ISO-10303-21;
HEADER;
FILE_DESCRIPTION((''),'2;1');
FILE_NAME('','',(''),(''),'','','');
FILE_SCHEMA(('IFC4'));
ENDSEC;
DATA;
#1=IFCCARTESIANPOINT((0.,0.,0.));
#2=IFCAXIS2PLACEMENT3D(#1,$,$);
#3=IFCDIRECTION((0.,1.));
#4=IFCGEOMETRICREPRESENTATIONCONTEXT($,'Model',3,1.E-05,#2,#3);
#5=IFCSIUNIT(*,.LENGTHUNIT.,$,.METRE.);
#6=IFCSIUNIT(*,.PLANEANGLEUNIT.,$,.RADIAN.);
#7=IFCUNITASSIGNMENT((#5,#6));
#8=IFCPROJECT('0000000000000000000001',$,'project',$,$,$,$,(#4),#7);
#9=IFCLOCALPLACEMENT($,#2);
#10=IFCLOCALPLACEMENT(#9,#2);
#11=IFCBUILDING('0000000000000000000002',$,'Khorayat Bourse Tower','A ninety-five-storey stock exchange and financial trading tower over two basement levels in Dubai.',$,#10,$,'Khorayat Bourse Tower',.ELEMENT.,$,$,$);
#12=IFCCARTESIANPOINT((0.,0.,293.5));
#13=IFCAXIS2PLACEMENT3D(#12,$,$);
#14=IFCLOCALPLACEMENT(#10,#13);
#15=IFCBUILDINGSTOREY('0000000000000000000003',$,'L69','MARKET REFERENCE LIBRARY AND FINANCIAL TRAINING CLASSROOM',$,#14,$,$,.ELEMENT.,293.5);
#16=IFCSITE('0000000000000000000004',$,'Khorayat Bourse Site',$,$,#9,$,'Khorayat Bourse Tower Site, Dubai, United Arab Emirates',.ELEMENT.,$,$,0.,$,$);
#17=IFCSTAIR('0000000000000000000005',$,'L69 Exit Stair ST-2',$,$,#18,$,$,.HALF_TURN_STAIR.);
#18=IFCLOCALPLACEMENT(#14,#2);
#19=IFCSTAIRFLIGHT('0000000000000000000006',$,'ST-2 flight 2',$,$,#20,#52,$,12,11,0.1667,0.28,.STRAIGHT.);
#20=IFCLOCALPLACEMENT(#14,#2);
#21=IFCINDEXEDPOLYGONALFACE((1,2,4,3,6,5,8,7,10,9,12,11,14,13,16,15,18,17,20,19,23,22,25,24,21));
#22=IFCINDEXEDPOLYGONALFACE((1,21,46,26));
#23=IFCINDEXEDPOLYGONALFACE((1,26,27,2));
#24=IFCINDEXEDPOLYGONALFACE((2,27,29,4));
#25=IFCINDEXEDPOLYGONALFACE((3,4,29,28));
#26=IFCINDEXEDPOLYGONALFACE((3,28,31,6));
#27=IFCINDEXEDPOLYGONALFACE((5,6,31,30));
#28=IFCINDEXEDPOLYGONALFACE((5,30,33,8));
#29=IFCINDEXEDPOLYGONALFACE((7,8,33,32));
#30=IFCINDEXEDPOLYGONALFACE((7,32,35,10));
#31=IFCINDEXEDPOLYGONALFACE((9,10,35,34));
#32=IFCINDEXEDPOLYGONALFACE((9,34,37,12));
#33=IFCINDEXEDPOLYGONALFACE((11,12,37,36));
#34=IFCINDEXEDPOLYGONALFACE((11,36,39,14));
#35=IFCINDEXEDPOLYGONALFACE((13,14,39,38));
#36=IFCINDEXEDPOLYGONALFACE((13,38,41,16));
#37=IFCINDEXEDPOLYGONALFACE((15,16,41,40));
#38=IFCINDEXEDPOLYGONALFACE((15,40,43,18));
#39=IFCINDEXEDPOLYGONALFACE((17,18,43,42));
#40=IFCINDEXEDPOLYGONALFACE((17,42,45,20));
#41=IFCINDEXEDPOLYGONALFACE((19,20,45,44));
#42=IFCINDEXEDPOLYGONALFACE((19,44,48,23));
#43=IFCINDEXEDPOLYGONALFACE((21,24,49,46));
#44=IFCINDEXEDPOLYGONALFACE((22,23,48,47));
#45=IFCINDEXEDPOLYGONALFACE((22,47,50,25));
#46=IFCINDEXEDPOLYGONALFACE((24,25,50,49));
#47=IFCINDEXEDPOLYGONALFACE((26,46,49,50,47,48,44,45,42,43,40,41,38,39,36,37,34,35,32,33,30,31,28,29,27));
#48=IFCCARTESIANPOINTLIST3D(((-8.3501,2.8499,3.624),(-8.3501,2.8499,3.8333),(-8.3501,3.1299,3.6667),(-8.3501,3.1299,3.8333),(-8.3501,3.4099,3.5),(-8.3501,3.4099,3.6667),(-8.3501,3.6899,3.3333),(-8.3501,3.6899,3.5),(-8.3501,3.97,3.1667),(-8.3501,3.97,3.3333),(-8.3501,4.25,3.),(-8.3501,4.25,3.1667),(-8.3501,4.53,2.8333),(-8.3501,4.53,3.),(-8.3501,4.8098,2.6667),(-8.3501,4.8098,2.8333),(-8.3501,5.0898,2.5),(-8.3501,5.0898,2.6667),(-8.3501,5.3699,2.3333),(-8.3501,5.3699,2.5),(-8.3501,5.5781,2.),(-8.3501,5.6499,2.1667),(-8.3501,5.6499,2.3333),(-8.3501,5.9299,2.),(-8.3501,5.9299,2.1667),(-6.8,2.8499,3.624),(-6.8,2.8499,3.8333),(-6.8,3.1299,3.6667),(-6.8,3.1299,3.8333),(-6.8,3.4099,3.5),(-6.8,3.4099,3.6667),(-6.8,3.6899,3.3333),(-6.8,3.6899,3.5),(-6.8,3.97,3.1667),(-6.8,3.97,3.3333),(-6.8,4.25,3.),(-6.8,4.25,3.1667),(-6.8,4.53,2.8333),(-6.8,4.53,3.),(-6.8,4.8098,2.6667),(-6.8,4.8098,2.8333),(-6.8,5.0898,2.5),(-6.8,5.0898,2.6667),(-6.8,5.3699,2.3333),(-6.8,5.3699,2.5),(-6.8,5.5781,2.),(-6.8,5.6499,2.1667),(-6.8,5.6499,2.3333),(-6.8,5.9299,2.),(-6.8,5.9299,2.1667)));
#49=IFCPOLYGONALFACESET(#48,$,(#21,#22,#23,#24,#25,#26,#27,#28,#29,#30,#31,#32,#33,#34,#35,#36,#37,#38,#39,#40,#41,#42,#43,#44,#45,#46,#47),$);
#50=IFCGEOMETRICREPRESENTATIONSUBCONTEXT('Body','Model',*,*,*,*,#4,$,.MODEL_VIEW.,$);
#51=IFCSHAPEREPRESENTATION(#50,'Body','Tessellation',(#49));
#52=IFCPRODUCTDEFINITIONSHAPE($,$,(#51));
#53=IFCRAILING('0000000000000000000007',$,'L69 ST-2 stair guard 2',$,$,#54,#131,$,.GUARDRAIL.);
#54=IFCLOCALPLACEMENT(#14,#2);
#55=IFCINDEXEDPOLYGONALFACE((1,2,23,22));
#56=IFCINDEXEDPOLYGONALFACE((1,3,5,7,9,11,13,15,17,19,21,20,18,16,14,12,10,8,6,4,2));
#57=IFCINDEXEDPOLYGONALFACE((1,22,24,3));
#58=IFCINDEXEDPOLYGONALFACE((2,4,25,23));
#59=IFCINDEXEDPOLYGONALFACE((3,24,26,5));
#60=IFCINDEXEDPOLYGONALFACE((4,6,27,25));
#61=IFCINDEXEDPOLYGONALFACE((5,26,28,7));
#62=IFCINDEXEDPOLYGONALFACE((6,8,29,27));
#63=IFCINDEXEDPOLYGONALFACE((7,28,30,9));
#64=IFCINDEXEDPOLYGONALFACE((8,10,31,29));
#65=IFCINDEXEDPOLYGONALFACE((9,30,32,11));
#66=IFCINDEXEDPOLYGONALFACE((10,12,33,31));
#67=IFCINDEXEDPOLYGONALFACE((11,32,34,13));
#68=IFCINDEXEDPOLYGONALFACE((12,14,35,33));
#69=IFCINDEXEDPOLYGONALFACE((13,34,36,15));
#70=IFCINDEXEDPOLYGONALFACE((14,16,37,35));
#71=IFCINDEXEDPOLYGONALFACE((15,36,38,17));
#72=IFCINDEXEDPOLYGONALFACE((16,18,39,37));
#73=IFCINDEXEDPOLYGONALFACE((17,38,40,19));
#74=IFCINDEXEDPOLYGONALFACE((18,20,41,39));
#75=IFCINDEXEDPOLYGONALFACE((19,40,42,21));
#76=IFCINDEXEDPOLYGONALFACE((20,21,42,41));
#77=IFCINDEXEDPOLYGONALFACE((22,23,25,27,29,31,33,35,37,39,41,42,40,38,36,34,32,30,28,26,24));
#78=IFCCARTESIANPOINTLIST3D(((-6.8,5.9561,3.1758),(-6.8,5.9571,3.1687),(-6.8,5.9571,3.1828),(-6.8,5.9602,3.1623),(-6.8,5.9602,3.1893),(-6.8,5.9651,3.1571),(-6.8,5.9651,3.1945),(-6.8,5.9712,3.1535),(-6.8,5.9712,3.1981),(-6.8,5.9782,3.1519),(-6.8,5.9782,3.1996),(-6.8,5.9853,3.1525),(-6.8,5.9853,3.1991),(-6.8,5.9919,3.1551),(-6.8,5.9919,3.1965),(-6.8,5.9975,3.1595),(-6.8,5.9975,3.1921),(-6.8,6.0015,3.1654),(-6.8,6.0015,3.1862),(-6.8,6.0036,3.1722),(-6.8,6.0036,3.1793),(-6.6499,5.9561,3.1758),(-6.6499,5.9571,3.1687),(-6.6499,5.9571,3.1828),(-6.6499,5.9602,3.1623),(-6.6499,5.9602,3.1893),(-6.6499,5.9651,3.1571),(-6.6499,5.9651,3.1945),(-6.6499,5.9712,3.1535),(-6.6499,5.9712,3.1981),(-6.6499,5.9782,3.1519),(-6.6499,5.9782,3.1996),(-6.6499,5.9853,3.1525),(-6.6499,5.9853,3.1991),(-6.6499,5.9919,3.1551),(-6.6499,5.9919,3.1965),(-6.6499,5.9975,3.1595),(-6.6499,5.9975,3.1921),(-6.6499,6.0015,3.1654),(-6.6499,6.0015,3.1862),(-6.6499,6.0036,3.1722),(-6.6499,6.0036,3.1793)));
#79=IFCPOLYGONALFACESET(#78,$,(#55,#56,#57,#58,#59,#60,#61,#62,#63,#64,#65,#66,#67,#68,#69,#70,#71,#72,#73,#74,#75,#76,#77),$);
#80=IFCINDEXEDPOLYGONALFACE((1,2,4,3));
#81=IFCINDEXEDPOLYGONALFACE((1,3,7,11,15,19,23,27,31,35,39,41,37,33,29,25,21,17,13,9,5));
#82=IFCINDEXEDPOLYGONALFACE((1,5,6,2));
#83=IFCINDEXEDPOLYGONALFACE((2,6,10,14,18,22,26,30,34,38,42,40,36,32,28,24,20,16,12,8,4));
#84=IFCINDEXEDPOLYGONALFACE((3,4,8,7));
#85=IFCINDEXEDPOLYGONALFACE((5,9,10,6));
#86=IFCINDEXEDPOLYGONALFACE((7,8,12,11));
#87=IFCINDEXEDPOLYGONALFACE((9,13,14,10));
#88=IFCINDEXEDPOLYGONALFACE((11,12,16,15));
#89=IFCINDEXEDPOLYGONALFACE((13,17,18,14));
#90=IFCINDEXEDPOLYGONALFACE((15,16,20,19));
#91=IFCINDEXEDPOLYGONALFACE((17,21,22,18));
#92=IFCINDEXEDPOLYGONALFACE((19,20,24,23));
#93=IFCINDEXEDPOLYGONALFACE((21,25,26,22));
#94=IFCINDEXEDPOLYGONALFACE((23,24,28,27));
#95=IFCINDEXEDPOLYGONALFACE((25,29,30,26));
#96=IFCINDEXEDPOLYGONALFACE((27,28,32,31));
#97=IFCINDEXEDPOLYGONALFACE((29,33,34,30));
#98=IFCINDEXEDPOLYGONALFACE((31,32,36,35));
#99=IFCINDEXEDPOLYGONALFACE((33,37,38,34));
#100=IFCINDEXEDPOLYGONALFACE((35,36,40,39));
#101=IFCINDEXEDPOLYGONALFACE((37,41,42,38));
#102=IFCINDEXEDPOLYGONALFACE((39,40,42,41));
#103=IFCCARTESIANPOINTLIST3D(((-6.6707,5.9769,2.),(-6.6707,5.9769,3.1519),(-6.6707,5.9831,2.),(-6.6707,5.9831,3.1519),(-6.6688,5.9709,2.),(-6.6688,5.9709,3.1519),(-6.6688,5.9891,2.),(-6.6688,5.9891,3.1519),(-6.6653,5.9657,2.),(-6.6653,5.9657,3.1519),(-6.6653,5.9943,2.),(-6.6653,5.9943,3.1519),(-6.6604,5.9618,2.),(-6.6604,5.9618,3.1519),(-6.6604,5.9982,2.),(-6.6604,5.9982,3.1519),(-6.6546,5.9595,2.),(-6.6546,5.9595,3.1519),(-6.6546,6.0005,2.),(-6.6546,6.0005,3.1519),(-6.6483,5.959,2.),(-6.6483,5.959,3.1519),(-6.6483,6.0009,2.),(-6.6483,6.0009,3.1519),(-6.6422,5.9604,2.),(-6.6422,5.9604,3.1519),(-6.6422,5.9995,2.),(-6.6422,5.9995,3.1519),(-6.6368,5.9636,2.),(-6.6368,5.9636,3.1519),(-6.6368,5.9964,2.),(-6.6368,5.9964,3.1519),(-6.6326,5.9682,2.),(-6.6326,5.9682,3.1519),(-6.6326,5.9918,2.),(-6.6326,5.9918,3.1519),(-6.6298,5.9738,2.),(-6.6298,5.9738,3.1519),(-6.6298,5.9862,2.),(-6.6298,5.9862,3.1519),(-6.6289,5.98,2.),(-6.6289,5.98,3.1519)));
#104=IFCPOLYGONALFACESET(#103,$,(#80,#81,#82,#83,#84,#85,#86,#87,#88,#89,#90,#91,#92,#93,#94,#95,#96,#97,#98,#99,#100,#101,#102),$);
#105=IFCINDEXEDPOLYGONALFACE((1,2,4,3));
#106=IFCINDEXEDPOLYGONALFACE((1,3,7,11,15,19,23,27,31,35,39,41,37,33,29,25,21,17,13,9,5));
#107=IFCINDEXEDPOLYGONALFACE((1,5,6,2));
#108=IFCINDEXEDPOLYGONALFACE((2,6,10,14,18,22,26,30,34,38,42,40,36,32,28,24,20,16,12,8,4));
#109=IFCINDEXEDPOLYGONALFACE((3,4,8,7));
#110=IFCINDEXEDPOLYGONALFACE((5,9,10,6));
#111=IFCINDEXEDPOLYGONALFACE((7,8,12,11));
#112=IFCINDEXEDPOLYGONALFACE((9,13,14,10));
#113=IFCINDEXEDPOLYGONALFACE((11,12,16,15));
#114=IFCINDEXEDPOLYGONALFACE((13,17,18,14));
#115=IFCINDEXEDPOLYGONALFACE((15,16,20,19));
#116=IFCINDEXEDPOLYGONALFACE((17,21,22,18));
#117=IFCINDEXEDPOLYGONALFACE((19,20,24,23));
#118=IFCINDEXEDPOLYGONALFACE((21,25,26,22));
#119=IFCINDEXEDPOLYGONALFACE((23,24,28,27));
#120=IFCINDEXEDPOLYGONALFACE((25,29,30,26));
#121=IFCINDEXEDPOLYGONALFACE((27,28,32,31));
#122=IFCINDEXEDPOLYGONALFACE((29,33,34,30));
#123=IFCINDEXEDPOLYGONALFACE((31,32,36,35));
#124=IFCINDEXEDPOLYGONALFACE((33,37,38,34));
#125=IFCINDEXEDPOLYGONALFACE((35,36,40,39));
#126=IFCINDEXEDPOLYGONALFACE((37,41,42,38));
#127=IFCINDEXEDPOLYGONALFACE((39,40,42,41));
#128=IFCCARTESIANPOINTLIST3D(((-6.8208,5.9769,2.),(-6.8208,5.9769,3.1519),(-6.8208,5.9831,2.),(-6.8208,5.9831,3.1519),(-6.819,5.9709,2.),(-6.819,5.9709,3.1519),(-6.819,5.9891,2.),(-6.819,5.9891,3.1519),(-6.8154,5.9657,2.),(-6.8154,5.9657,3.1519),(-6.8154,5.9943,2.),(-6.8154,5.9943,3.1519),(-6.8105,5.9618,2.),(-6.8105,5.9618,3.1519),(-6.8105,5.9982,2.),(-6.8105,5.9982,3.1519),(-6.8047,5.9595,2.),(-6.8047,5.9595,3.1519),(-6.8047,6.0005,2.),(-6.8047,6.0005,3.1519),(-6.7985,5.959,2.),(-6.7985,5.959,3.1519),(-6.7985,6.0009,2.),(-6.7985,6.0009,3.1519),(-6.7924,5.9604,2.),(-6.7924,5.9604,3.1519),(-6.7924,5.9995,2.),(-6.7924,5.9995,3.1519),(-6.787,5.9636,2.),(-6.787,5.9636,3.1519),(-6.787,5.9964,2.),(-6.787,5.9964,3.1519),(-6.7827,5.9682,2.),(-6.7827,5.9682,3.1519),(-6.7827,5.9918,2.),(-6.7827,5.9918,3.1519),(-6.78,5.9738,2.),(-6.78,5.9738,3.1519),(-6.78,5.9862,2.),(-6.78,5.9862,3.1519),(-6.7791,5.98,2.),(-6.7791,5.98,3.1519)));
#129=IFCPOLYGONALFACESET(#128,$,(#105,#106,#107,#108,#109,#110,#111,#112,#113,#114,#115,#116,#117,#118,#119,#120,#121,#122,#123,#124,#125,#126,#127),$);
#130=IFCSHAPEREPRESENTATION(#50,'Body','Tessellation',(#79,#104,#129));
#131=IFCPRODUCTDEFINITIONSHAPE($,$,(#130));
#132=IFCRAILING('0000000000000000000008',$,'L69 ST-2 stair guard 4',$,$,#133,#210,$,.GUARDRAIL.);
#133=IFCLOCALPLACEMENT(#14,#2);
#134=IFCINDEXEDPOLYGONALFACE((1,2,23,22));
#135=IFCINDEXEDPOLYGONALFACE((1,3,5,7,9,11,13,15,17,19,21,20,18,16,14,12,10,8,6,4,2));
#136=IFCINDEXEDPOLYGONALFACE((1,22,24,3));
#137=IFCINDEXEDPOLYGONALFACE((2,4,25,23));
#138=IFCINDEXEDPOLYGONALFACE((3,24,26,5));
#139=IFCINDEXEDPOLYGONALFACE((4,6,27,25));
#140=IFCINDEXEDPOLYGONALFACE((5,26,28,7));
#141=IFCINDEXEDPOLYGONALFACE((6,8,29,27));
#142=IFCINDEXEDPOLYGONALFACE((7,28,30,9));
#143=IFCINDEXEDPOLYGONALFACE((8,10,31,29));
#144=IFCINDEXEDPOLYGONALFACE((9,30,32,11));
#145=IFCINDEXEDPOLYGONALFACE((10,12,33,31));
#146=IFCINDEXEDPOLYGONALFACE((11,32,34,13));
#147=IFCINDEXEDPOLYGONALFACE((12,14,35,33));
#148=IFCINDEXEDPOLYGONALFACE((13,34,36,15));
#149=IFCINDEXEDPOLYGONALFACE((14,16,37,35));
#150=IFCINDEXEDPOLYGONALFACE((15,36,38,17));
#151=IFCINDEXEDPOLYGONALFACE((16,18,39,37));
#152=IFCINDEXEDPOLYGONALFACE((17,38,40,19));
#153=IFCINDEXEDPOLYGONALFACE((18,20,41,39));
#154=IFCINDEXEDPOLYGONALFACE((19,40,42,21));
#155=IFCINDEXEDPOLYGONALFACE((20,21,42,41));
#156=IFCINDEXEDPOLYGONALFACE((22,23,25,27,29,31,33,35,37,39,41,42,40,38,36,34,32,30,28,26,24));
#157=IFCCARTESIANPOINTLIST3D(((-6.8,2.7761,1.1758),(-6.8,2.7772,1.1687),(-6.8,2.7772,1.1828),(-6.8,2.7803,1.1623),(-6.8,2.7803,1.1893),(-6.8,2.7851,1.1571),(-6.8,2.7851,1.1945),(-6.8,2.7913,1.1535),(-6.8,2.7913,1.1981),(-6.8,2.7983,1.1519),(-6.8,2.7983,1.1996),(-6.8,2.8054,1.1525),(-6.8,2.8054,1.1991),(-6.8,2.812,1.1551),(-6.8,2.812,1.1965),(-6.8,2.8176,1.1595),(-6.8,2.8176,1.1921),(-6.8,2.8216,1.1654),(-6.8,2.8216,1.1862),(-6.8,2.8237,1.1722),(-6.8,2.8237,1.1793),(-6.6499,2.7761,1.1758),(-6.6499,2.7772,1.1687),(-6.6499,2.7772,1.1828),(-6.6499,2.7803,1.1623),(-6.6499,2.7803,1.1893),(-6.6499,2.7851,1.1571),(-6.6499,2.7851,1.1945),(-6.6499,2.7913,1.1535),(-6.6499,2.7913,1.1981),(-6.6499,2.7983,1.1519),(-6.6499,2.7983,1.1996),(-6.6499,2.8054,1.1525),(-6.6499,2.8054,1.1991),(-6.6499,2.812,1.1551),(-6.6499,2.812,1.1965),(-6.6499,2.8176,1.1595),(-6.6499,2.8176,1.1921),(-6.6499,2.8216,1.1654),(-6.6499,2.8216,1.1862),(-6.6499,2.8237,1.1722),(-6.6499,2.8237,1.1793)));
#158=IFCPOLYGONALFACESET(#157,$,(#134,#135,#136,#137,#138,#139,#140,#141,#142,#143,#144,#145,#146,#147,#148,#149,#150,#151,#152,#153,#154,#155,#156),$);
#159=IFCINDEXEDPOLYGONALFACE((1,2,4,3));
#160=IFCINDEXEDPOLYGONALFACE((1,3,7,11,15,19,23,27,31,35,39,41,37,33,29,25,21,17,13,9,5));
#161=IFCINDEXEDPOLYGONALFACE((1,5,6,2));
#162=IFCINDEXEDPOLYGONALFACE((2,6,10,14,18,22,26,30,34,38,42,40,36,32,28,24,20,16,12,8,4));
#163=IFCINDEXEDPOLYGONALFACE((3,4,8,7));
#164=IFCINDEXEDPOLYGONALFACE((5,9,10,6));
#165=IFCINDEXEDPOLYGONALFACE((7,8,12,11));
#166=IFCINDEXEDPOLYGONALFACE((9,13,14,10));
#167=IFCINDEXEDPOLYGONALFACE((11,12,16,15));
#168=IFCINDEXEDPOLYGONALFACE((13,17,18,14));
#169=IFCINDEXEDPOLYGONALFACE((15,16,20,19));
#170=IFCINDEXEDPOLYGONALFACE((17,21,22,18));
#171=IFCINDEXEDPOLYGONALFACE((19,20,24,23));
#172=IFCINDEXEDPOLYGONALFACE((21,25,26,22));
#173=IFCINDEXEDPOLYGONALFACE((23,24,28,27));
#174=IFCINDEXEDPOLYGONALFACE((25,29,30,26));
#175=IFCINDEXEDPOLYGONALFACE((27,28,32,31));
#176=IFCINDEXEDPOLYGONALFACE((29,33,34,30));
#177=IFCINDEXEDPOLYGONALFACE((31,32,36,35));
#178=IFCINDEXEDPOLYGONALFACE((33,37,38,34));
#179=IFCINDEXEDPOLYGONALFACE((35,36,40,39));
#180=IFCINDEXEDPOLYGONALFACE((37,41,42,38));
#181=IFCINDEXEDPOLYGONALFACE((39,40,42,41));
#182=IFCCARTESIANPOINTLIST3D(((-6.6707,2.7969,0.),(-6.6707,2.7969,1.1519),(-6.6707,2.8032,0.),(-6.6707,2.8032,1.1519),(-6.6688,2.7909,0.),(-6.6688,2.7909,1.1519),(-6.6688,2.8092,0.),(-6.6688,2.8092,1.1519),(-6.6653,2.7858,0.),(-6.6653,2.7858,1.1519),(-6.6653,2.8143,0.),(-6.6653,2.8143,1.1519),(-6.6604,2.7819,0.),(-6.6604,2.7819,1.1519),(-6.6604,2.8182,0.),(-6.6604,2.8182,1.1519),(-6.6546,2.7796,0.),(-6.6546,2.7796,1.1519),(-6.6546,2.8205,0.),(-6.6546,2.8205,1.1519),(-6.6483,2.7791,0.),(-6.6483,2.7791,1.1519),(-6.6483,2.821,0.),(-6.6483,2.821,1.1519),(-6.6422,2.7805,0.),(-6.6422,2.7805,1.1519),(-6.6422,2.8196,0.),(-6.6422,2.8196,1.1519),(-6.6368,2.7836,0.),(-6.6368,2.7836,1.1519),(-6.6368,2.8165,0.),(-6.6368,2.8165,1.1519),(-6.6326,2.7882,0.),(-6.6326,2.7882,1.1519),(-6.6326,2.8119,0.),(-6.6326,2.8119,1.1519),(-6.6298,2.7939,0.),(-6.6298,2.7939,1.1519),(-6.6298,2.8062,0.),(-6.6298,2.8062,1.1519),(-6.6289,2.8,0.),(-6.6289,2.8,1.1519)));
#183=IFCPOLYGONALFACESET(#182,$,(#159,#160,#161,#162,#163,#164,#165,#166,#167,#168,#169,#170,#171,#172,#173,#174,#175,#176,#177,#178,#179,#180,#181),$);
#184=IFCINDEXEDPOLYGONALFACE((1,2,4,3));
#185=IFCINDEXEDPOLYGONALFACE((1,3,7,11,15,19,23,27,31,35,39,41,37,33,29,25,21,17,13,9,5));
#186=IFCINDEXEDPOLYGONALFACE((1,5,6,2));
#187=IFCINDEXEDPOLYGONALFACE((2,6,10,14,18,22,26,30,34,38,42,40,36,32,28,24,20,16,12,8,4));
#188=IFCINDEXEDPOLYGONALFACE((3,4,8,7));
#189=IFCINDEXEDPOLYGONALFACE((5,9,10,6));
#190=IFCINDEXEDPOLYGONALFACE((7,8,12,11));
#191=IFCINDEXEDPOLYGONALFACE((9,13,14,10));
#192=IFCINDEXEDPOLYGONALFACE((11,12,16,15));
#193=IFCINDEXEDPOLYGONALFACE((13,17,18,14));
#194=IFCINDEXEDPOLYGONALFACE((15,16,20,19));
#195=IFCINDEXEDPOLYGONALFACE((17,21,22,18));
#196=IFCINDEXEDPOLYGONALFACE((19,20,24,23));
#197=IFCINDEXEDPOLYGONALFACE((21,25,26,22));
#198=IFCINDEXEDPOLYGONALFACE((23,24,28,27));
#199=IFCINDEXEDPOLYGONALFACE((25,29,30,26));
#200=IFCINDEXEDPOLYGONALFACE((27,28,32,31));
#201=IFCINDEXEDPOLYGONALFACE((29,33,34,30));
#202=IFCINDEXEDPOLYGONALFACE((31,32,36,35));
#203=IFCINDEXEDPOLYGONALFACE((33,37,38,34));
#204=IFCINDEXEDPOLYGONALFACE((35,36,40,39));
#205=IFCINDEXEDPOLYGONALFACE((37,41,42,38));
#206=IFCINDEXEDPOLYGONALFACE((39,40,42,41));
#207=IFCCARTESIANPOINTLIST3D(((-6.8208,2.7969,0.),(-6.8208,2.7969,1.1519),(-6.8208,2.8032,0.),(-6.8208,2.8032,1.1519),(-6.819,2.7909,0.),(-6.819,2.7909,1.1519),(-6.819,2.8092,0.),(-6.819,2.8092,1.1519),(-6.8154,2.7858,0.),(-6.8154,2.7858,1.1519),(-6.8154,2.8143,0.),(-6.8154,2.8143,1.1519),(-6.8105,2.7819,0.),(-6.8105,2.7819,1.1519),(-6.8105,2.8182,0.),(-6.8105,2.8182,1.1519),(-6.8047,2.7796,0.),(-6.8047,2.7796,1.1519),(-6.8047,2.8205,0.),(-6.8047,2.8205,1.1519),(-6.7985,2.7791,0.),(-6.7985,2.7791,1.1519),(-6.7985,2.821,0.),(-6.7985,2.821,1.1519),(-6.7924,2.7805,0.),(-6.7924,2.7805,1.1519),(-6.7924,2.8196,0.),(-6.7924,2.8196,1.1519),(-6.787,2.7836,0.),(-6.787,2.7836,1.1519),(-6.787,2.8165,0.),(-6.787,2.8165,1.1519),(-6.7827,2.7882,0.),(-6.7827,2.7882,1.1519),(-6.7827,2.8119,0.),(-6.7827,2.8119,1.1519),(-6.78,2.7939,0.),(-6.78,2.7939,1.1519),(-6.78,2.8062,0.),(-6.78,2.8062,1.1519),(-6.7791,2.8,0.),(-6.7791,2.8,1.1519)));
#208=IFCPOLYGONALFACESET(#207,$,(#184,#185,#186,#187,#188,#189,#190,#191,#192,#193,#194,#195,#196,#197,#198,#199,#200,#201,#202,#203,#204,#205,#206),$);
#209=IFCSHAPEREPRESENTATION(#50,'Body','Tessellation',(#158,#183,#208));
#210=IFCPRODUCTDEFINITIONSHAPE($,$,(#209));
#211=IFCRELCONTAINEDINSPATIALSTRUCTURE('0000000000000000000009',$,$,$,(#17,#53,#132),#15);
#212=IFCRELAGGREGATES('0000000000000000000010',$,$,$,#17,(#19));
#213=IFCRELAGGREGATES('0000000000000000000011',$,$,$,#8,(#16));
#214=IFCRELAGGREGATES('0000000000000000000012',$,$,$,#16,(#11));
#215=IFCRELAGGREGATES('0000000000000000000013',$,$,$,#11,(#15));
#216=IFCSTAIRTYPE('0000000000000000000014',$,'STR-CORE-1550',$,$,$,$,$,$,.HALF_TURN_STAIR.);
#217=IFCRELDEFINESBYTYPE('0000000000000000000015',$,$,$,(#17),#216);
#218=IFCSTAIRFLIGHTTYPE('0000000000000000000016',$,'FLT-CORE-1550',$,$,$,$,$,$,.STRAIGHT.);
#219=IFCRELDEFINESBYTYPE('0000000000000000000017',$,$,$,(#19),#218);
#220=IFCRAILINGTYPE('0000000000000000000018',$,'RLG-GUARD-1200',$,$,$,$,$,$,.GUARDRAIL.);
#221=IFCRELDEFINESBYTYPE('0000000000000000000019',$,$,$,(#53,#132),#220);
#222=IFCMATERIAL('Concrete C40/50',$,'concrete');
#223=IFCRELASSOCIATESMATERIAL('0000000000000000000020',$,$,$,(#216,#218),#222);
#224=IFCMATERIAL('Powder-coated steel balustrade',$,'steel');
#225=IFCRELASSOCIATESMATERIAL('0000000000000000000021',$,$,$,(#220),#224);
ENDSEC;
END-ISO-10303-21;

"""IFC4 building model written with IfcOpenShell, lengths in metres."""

from ifc_helpers import new_model, si_unit, direction, frame, origin, origin_2d, place, context, subcontext, project, spatial, polyline, circle, outline, extrude, source, transform, mapped, material, type_object, element, aggregate, save


model = new_model("IFC4")

# Units and contexts
model_context = context("Model", 3, precision=1e-05, world=origin(), true_north=direction((0.0, 1.0)))
body_context = subcontext(model_context, "Body", "Model", "MODEL_VIEW")
ifc_project = project(units=[si_unit("LENGTHUNIT", "METRE"), si_unit("PLANEANGLEUNIT", "RADIAN")], contexts=[model_context])

# Site, building, storey
site_placement = place(None, origin())
site = spatial("IfcSite", under=ifc_project, at=site_placement, Name="Khorayat Bourse Site", LongName="Khorayat Bourse Tower Site, Dubai, United Arab Emirates", CompositionType="ELEMENT", RefElevation=0.0)
building_placement = place(site_placement, origin())
building = spatial("IfcBuilding", under=site, at=building_placement, Name="Khorayat Bourse Tower", Description="A ninety-five-storey stock exchange and financial trading tower over two basement levels in Dubai.", LongName="Khorayat Bourse Tower", CompositionType="ELEMENT")
storey_placement = place(building_placement, frame((0.0, 0.0, 293.5)))
storey = spatial("IfcBuildingStorey", under=building, at=storey_placement, Name="L69", Description="MARKET REFERENCE LIBRARY AND FINANCIAL TRAINING CLASSROOM", CompositionType="ELEMENT", Elevation=293.5)

# Stair, stair flight
ifc_material_1 = material(Name="Concrete C40/50", Category="concrete")
stair_type = type_object("IfcStairType", Name="STR-CORE-1550", PredefinedType="HALF_TURN_STAIR", material=ifc_material_1)
stair_placement = place(storey_placement, origin())
stair = element("IfcStair", 1, at=stair_placement, inside=storey, type_object=stair_type, Name="L69 Exit Stair ST-2", PredefinedType="HALF_TURN_STAIR")
stair_flight_type = type_object("IfcStairFlightType", Name="FLT-CORE-1550", PredefinedType="STRAIGHT", material=ifc_material_1)
shared_shape_1 = source(origin(), body_context, "Body", "SweptSolid", [
    extrude(outline(polyline([(0.0, 0.0), (0.0, 0.1667), (0.28, 0.1667), (0.28, 0.3333), (0.5601, 0.3333), (0.5601, 0.5), (0.8401, 0.5), (0.8401, 0.6667), (1.1201, 0.6667), (1.1201, 0.8333), (1.3999, 0.8333), (1.3999, 1.0), (1.6799, 1.0), (1.6799, 1.1667), (1.96, 1.1667), (1.96, 1.3333), (2.24, 1.3333), (2.24, 1.5), (2.52, 1.5), (2.52, 1.6667), (2.8, 1.6667), (2.8, 1.8333), (3.0801, 1.8333), (3.0801, 2.0), (3.0801, 1.624), (0.3518, 0.0), (0.0, 0.0)])), frame((0.0, 0.7749, 0.0), z_axis=(0.0, -1.0, 0.0), x_axis=(1.0, 0.0, 0.0)), (0.0, 0.0, 1.0), 1.55),
])
stair_flight_1_placement = place(storey_placement, frame((-7.575, 5.9299, 2.0), z_axis=(0.0, 0.0, 1.0), x_axis=(0.0, -1.0, 0.0)))
stair_flight_1 = element("IfcStairFlight", 2, at=stair_flight_1_placement, type_object=stair_flight_type, Name="ST-2 flight 2", NumberOfRisers=12, NumberOfTreads=11, PredefinedType="STRAIGHT", RiserHeight=0.1667, TreadLength=0.28, context=body_context, shape_type="MappedRepresentation", body=[
    mapped(shared_shape_1, transform((0.0, 0.0, 0.0), scale=1.0)),
])
aggregate(stair, [stair_flight_1])

# Railings
ifc_material_2 = material(Name="Powder-coated steel balustrade", Category="steel")
railing_type_1 = type_object("IfcRailingType", Name="RLG-GUARD-1200", PredefinedType="GUARDRAIL", material=ifc_material_2)
shared_shape_2 = source(origin(), body_context, "Body", "SweptSolid", [
    extrude(circle(Radius=0.0239, at=origin_2d()), frame((0.0, 0.0, 1.1758), z_axis=(-1.0, 0.0, 0.0), x_axis=(0.0, -1.0, 0.0)), (0.0, 0.0, 1.0), 0.1501),
    extrude(circle(Radius=0.021, at=origin_2d()), origin(), (0.0, 0.0, 1.0), 1.1519),
    extrude(circle(Radius=0.021, at=origin_2d()), frame((-0.1501, 0.0, 0.0)), (0.0, 0.0, 1.0), 1.1519),
])
for number, where, name in (
    (3, (-6.6499, 5.98, 2.0), "L69 ST-2 stair guard 2"),
    (4, (-6.6499, 2.8, 0.0), "L69 ST-2 stair guard 4"),
):
    element("IfcRailing", number, at=place(storey_placement, frame(where)), inside=storey, type_object=railing_type_1, Name=name, PredefinedType="GUARDRAIL", context=body_context, shape_type="MappedRepresentation", body=[
        mapped(shared_shape_2, transform((0.0, 0.0, 0.0), scale=1.0)),
    ])

save(model, "model.ifc")
